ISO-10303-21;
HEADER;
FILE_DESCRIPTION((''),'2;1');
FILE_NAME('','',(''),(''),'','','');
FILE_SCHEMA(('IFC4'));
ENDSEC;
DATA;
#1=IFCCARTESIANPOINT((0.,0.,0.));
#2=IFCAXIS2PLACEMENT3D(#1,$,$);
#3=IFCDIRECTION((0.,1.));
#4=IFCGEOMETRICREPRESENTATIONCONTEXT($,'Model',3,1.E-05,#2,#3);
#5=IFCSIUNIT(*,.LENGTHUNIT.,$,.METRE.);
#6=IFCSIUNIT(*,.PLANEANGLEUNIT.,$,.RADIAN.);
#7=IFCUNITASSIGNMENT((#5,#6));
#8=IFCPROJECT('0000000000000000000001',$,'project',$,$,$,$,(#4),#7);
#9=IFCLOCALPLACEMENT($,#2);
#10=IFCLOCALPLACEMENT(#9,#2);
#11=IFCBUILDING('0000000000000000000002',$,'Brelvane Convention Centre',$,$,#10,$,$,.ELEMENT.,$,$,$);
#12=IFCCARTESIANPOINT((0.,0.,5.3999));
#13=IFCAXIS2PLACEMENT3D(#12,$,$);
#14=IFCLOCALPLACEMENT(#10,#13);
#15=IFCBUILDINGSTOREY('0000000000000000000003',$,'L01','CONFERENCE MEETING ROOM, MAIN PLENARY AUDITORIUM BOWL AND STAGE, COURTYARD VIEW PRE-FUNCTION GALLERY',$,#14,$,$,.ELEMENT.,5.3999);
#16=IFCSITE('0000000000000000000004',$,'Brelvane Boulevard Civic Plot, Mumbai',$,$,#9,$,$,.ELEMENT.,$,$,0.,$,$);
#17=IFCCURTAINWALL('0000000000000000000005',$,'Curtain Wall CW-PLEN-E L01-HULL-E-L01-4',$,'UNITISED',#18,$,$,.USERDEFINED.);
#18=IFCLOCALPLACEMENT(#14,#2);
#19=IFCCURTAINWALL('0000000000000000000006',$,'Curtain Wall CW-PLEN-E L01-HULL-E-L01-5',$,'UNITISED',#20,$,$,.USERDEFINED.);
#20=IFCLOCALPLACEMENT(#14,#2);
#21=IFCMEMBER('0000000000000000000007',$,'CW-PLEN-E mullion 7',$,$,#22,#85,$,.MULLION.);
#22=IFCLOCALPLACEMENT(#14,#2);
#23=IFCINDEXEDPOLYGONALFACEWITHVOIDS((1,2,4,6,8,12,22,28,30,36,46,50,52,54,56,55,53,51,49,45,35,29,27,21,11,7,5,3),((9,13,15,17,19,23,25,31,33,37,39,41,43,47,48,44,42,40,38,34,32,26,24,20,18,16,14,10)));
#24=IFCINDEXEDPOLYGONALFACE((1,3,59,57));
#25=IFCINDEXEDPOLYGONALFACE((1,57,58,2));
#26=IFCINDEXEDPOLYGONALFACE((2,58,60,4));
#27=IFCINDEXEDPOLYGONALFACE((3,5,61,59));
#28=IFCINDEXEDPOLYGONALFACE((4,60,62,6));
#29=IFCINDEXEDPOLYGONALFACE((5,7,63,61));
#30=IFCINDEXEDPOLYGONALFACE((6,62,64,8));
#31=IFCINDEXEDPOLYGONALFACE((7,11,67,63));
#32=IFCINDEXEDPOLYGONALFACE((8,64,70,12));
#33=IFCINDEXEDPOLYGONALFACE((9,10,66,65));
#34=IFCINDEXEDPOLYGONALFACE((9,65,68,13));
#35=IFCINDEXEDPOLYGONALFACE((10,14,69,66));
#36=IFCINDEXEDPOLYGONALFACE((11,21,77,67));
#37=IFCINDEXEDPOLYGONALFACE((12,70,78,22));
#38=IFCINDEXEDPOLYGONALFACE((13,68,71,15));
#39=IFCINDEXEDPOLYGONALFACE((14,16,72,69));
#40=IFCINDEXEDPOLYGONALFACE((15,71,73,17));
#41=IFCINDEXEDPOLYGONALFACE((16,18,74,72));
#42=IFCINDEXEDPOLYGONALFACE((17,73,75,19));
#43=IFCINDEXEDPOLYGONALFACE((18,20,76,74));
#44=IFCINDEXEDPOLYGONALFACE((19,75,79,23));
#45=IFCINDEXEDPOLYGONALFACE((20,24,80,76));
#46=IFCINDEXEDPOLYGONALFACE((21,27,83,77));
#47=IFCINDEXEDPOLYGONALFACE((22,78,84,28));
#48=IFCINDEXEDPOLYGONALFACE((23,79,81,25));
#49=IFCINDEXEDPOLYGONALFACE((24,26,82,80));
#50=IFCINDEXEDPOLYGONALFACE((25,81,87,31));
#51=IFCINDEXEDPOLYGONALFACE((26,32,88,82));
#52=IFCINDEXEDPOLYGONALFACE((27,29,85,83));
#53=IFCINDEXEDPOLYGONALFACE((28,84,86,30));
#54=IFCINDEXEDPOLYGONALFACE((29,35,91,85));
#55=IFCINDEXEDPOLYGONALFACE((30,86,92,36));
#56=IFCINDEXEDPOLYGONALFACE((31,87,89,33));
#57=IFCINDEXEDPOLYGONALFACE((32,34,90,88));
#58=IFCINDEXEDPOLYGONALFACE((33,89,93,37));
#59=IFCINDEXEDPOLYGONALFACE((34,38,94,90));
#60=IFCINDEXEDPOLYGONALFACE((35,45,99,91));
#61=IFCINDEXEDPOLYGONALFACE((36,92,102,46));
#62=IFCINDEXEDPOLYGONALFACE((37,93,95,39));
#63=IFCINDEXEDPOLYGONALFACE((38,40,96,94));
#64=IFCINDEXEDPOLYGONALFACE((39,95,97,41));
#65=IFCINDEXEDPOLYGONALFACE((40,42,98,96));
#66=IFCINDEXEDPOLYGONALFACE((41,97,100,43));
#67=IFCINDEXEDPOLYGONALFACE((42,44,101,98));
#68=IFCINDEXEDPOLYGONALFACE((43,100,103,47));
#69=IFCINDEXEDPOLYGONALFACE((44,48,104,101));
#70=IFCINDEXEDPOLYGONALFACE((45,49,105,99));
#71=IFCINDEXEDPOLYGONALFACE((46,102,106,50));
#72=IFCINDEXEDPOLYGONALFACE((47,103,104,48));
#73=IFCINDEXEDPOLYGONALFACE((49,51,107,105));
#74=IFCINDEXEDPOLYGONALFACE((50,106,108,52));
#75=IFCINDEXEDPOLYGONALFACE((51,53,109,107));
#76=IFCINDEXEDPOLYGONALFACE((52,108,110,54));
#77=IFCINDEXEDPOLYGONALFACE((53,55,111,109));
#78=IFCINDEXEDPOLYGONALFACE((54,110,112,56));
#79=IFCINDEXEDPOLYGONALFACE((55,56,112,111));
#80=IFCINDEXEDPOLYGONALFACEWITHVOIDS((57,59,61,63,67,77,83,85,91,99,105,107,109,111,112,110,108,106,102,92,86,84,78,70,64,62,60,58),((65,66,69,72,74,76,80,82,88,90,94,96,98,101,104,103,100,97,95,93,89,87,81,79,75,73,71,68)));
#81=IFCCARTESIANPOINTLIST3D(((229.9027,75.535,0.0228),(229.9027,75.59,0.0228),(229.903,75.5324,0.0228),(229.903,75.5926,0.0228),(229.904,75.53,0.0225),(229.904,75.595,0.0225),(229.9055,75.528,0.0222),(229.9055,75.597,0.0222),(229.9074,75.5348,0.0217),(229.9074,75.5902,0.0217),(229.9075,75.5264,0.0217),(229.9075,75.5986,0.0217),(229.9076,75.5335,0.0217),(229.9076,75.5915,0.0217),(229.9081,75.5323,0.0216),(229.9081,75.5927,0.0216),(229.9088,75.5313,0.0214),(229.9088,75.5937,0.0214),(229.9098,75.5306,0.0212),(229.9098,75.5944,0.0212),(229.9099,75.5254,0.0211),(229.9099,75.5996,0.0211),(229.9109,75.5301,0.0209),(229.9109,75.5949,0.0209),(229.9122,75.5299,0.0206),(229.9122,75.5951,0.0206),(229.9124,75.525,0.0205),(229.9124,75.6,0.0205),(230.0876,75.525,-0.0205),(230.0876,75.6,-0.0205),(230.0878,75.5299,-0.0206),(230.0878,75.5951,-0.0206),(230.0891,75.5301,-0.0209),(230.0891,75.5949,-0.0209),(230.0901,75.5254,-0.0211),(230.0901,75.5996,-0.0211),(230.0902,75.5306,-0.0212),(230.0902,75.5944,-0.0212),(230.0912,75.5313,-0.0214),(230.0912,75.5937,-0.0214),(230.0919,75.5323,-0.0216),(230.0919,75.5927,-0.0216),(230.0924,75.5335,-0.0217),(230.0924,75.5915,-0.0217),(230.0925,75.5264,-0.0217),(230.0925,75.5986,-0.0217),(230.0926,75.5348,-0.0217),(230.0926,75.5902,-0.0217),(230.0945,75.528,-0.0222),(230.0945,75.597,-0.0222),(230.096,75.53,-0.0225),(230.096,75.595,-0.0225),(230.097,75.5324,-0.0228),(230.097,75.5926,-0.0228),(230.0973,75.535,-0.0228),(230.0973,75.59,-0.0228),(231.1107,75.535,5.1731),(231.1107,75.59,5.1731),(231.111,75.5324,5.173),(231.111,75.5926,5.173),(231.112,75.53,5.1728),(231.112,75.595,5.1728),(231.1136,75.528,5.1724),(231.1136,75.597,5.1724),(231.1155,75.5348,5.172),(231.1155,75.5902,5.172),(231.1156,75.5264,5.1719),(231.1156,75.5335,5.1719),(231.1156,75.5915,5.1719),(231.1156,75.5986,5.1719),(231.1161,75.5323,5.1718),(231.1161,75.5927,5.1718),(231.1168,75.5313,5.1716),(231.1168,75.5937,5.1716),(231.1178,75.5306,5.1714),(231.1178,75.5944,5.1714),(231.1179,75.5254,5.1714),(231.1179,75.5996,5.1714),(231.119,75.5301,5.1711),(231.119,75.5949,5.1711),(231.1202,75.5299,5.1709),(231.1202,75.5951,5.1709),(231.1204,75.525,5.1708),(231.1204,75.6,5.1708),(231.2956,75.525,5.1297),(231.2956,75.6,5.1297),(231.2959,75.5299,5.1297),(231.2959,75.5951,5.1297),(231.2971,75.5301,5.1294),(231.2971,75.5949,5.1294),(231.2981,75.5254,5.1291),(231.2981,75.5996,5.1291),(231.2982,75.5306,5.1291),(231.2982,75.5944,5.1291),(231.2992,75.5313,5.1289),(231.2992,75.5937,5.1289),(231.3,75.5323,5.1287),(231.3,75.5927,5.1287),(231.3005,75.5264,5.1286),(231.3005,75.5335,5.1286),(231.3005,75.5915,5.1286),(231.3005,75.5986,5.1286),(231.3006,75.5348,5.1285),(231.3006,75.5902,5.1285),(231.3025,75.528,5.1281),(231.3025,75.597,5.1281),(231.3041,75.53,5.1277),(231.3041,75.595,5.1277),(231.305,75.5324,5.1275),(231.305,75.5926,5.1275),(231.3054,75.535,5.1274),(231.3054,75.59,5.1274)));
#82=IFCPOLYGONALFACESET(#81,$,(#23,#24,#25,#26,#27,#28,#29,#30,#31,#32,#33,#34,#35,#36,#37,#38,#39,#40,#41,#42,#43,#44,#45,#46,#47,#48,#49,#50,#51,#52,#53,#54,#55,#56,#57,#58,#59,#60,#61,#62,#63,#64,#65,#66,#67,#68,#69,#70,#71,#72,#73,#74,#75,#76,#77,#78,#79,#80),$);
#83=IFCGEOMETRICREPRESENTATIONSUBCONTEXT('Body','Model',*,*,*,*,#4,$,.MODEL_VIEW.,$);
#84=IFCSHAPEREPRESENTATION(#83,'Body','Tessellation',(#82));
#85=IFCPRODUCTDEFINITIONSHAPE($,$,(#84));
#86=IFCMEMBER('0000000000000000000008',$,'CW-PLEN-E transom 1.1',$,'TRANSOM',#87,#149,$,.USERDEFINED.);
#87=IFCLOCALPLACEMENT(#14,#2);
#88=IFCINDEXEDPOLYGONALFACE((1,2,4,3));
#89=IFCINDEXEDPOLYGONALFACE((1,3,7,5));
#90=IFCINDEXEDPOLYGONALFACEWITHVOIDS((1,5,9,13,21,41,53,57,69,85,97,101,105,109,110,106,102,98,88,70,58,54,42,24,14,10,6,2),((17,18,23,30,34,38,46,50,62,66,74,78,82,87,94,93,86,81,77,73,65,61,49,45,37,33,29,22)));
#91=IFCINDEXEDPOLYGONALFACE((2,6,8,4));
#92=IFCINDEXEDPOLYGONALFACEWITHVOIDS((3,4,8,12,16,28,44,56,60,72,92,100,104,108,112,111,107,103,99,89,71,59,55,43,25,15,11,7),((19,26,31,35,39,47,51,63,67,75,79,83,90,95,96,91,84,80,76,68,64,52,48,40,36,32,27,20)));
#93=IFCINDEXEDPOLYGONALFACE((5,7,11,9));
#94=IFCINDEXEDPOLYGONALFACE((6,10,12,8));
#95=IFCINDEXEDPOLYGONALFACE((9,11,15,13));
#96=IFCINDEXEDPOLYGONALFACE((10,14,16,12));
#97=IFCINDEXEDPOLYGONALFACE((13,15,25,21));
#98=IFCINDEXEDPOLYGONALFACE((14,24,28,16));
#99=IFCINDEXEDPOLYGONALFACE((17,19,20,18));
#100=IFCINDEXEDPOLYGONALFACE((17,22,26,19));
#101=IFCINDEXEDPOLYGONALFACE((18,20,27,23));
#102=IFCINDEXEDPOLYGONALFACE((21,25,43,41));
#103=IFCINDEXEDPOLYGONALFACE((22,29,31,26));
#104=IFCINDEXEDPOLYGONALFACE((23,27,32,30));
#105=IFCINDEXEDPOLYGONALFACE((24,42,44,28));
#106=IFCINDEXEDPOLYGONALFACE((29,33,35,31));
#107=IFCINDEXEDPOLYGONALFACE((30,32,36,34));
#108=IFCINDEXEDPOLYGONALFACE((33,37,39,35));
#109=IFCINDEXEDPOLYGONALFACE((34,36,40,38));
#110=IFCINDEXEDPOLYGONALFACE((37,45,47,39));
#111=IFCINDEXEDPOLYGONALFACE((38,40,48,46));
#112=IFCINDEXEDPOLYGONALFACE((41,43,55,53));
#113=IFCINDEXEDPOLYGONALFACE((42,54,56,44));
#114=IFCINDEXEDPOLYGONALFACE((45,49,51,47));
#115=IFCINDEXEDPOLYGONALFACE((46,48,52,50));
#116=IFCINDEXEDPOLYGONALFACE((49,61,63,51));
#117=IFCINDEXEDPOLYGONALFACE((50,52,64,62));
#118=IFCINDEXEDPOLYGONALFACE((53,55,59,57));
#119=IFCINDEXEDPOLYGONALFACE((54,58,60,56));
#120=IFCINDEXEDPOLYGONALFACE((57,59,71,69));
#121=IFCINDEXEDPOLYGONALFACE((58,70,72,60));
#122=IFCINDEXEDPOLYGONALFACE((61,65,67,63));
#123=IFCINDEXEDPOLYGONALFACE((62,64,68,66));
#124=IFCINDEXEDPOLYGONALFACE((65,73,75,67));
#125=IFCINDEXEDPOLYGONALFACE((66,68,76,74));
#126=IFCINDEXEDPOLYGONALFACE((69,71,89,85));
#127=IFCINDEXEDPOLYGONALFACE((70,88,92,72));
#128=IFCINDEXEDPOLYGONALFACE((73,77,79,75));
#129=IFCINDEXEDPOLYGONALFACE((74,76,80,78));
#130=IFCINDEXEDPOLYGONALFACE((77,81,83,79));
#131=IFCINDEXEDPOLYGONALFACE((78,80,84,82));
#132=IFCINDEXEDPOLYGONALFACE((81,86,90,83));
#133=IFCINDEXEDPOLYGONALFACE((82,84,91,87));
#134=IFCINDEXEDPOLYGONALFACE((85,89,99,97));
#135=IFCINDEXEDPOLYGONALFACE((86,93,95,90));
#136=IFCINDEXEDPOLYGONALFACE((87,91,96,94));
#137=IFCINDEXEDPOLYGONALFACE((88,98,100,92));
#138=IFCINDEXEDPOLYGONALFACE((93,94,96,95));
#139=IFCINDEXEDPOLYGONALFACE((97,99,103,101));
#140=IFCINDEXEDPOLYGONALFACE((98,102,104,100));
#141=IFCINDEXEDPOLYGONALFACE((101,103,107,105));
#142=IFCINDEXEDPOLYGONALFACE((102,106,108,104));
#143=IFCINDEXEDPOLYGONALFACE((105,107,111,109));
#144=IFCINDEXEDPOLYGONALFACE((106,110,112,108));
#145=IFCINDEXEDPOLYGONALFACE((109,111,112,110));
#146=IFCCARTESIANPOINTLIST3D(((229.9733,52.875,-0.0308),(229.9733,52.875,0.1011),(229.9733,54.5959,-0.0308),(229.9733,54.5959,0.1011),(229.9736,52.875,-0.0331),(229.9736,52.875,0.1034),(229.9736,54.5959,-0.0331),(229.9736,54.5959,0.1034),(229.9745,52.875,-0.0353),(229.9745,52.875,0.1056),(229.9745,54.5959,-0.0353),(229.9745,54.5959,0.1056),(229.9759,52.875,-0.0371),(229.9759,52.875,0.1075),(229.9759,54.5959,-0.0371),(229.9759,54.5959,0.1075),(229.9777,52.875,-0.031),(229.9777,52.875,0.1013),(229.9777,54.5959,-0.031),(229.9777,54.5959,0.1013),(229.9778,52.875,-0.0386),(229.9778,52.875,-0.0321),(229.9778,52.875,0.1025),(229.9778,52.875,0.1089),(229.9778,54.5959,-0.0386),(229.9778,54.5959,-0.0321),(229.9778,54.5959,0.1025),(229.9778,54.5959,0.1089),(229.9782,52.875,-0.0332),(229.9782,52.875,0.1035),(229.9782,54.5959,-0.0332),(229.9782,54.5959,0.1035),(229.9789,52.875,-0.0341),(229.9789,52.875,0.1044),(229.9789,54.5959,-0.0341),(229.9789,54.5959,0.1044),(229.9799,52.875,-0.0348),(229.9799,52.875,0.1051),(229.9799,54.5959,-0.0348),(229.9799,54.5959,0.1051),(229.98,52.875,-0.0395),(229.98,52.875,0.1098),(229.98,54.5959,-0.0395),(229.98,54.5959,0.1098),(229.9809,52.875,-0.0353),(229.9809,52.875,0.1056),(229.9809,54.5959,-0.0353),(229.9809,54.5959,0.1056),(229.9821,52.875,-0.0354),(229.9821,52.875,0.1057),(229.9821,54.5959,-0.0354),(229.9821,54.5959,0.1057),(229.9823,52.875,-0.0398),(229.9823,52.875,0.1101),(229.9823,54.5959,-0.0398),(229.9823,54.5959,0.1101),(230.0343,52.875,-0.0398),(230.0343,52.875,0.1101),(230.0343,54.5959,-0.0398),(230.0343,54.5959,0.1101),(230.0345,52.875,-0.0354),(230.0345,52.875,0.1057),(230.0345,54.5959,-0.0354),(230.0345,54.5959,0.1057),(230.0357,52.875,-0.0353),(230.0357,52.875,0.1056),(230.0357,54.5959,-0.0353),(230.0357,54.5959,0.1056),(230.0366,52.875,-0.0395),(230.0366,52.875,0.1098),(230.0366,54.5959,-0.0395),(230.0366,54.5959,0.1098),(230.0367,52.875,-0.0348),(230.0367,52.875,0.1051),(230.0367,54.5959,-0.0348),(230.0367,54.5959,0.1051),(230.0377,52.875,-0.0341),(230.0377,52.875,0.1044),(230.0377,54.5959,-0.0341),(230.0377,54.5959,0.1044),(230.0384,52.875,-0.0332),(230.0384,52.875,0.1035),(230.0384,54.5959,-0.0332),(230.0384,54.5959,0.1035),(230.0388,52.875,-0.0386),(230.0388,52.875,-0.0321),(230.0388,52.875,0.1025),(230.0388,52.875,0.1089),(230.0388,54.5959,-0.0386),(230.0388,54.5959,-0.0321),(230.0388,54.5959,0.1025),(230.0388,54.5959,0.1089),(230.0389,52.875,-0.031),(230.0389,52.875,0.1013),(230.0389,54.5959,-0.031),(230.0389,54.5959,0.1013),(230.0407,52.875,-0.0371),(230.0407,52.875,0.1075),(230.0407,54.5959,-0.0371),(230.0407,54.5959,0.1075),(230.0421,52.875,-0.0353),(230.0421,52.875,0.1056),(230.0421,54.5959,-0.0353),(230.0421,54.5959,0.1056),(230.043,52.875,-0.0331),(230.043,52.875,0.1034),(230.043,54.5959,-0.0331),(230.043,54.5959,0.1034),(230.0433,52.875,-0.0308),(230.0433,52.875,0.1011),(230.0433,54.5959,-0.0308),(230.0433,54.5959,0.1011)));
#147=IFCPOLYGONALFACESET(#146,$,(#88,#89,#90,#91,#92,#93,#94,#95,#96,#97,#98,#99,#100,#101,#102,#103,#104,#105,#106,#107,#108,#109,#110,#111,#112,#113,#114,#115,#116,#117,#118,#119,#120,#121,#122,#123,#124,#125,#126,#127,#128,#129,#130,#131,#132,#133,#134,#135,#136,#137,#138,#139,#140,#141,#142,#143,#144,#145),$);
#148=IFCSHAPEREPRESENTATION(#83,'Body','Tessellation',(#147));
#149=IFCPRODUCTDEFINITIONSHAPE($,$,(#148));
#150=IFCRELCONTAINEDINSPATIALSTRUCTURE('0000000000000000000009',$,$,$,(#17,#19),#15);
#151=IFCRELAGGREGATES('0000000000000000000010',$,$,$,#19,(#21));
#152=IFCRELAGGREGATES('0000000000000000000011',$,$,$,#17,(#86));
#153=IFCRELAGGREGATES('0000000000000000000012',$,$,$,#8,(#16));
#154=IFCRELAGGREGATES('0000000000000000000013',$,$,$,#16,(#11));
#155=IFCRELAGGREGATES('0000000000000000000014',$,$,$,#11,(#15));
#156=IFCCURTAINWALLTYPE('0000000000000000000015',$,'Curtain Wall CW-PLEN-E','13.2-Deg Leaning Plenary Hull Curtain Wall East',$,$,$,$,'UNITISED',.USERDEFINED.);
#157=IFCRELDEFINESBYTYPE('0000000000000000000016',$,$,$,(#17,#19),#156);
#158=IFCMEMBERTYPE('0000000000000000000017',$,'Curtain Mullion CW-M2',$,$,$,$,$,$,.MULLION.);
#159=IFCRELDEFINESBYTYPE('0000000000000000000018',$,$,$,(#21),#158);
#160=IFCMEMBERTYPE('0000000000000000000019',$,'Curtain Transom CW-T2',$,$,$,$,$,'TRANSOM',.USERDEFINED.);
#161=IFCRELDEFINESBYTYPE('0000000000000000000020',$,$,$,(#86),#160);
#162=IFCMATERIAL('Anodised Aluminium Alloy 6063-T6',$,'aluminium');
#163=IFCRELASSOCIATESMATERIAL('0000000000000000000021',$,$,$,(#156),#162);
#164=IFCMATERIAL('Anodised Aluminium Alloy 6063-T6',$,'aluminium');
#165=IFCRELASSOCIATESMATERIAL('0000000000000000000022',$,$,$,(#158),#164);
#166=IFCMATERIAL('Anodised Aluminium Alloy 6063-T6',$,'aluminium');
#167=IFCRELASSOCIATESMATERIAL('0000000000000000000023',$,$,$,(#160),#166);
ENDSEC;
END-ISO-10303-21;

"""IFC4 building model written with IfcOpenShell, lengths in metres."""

from ifc_helpers import new_model, si_unit, direction, frame, origin, origin_2d, place, context, subcontext, project, spatial, hollow_rectangle, extrude, material, material_profile, profile_set, type_object, element, aggregate, save


model = new_model("IFC4")

# Units and contexts
model_context = context("Model", 3, precision=1e-05, world=origin(), true_north=direction((0.0, 1.0)))
body_context = subcontext(model_context, "Body", "Model", "MODEL_VIEW")
ifc_project = project(units=[si_unit("LENGTHUNIT", "METRE"), si_unit("PLANEANGLEUNIT", "RADIAN")], contexts=[model_context])

# Site, building, storey
site_placement = place(None, origin())
site = spatial("IfcSite", under=ifc_project, at=site_placement, Name="Brelvane Boulevard Civic Plot, Mumbai", CompositionType="ELEMENT", RefElevation=0.0)
building_placement = place(site_placement, origin())
building = spatial("IfcBuilding", under=site, at=building_placement, Name="Brelvane Convention Centre", CompositionType="ELEMENT")
storey_placement = place(building_placement, frame((0.0, 0.0, 5.3999)))
storey = spatial("IfcBuildingStorey", under=building, at=storey_placement, Name="L01", Description="CONFERENCE MEETING ROOM, MAIN PLENARY AUDITORIUM BOWL AND STAGE, COURTYARD VIEW PRE-FUNCTION GALLERY", CompositionType="ELEMENT", Elevation=5.3999)

# Curtain walls, member
ifc_material_1 = material(Name="Anodised Aluminium Alloy 6063-T6", Category="aluminium")
curtain_wall_type = type_object("IfcCurtainWallType", Name="Curtain Wall CW-PLEN-E", Description="13.2-Deg Leaning Plenary Hull Curtain Wall East", ElementType="UNITISED", PredefinedType="USERDEFINED", material=ifc_material_1)
curtain_wall_1_placement = place(storey_placement, origin())
curtain_wall_1 = element("IfcCurtainWall", 1, at=curtain_wall_1_placement, inside=storey, type_object=curtain_wall_type, Name="Curtain Wall CW-PLEN-E L01-HULL-E-L01-4", ObjectType="UNITISED", PredefinedType="USERDEFINED")
ifc_material_2 = material(Name="Anodised Aluminium Alloy 6063-T6", Category="aluminium")
ifc_material_profile_1 = material_profile(ifc_material_2, hollow_rectangle(XDim=0.075, YDim=0.2, WallThickness=0.0049, InnerFilletRadius=0.0049, OuterFilletRadius=0.01, at=origin_2d()), Name="ALU-M 200x75x5.0")
ifc_profile_set_1 = profile_set([ifc_material_profile_1], Name="Anodised Aluminium Alloy 6063-T6")
member_type_1 = type_object("IfcMemberType", Name="Curtain Mullion CW-M2", PredefinedType="MULLION", material=ifc_profile_set_1)
curtain_wall_2_placement = place(storey_placement, origin())
curtain_wall_2 = element("IfcCurtainWall", 2, at=curtain_wall_2_placement, inside=storey, type_object=curtain_wall_type, Name="Curtain Wall CW-PLEN-E L01-HULL-E-L01-5", ObjectType="UNITISED", PredefinedType="USERDEFINED")
member_1_placement = place(storey_placement, frame((230.0, 75.5625, 0.0), z_axis=(0.22836, 0.0, 0.973577), x_axis=(0.0, 1.0, 0.0)))
member_1 = element("IfcMember", 3, at=member_1_placement, type_object=member_type_1, Name="CW-PLEN-E mullion 7", PredefinedType="MULLION", context=body_context, shape_type="SweptSolid", body=[
    extrude(hollow_rectangle(XDim=0.075, YDim=0.2, WallThickness=0.0049, InnerFilletRadius=0.0049, OuterFilletRadius=0.01, at=origin_2d()), origin(), (0.0, 0.0, 1.0), 5.29),
])

# Member
ifc_material_3 = material(Name="Anodised Aluminium Alloy 6063-T6", Category="aluminium")
ifc_material_profile_2 = material_profile(ifc_material_3, hollow_rectangle(XDim=0.0701, YDim=0.1499, WallThickness=0.0044, InnerFilletRadius=0.0044, OuterFilletRadius=0.009, at=origin_2d()), Name="ALU-T 150x70x4.5")
ifc_profile_set_2 = profile_set([ifc_material_profile_2], Name="Anodised Aluminium Alloy 6063-T6")
member_type_2 = type_object("IfcMemberType", Name="Curtain Transom CW-T2", ElementType="TRANSOM", PredefinedType="USERDEFINED", material=ifc_profile_set_2)
member_2_placement = place(storey_placement, frame((230.0083, 52.875, 0.0352), z_axis=(0.0, 1.0, 0.0), x_axis=(-1.0, 0.0, 0.0)))
member_2 = element("IfcMember", 4, at=member_2_placement, type_object=member_type_2, Name="CW-PLEN-E transom 1.1", ObjectType="TRANSOM", PredefinedType="USERDEFINED", context=body_context, shape_type="SweptSolid", body=[
    extrude(hollow_rectangle(XDim=0.0701, YDim=0.1499, WallThickness=0.0044, InnerFilletRadius=0.0044, OuterFilletRadius=0.009, at=origin_2d()), origin(), (0.0, 0.0, 1.0), 1.7209),
])
aggregate(curtain_wall_2, [member_1])

aggregate(curtain_wall_1, [member_2])

save(model, "model.ifc")
